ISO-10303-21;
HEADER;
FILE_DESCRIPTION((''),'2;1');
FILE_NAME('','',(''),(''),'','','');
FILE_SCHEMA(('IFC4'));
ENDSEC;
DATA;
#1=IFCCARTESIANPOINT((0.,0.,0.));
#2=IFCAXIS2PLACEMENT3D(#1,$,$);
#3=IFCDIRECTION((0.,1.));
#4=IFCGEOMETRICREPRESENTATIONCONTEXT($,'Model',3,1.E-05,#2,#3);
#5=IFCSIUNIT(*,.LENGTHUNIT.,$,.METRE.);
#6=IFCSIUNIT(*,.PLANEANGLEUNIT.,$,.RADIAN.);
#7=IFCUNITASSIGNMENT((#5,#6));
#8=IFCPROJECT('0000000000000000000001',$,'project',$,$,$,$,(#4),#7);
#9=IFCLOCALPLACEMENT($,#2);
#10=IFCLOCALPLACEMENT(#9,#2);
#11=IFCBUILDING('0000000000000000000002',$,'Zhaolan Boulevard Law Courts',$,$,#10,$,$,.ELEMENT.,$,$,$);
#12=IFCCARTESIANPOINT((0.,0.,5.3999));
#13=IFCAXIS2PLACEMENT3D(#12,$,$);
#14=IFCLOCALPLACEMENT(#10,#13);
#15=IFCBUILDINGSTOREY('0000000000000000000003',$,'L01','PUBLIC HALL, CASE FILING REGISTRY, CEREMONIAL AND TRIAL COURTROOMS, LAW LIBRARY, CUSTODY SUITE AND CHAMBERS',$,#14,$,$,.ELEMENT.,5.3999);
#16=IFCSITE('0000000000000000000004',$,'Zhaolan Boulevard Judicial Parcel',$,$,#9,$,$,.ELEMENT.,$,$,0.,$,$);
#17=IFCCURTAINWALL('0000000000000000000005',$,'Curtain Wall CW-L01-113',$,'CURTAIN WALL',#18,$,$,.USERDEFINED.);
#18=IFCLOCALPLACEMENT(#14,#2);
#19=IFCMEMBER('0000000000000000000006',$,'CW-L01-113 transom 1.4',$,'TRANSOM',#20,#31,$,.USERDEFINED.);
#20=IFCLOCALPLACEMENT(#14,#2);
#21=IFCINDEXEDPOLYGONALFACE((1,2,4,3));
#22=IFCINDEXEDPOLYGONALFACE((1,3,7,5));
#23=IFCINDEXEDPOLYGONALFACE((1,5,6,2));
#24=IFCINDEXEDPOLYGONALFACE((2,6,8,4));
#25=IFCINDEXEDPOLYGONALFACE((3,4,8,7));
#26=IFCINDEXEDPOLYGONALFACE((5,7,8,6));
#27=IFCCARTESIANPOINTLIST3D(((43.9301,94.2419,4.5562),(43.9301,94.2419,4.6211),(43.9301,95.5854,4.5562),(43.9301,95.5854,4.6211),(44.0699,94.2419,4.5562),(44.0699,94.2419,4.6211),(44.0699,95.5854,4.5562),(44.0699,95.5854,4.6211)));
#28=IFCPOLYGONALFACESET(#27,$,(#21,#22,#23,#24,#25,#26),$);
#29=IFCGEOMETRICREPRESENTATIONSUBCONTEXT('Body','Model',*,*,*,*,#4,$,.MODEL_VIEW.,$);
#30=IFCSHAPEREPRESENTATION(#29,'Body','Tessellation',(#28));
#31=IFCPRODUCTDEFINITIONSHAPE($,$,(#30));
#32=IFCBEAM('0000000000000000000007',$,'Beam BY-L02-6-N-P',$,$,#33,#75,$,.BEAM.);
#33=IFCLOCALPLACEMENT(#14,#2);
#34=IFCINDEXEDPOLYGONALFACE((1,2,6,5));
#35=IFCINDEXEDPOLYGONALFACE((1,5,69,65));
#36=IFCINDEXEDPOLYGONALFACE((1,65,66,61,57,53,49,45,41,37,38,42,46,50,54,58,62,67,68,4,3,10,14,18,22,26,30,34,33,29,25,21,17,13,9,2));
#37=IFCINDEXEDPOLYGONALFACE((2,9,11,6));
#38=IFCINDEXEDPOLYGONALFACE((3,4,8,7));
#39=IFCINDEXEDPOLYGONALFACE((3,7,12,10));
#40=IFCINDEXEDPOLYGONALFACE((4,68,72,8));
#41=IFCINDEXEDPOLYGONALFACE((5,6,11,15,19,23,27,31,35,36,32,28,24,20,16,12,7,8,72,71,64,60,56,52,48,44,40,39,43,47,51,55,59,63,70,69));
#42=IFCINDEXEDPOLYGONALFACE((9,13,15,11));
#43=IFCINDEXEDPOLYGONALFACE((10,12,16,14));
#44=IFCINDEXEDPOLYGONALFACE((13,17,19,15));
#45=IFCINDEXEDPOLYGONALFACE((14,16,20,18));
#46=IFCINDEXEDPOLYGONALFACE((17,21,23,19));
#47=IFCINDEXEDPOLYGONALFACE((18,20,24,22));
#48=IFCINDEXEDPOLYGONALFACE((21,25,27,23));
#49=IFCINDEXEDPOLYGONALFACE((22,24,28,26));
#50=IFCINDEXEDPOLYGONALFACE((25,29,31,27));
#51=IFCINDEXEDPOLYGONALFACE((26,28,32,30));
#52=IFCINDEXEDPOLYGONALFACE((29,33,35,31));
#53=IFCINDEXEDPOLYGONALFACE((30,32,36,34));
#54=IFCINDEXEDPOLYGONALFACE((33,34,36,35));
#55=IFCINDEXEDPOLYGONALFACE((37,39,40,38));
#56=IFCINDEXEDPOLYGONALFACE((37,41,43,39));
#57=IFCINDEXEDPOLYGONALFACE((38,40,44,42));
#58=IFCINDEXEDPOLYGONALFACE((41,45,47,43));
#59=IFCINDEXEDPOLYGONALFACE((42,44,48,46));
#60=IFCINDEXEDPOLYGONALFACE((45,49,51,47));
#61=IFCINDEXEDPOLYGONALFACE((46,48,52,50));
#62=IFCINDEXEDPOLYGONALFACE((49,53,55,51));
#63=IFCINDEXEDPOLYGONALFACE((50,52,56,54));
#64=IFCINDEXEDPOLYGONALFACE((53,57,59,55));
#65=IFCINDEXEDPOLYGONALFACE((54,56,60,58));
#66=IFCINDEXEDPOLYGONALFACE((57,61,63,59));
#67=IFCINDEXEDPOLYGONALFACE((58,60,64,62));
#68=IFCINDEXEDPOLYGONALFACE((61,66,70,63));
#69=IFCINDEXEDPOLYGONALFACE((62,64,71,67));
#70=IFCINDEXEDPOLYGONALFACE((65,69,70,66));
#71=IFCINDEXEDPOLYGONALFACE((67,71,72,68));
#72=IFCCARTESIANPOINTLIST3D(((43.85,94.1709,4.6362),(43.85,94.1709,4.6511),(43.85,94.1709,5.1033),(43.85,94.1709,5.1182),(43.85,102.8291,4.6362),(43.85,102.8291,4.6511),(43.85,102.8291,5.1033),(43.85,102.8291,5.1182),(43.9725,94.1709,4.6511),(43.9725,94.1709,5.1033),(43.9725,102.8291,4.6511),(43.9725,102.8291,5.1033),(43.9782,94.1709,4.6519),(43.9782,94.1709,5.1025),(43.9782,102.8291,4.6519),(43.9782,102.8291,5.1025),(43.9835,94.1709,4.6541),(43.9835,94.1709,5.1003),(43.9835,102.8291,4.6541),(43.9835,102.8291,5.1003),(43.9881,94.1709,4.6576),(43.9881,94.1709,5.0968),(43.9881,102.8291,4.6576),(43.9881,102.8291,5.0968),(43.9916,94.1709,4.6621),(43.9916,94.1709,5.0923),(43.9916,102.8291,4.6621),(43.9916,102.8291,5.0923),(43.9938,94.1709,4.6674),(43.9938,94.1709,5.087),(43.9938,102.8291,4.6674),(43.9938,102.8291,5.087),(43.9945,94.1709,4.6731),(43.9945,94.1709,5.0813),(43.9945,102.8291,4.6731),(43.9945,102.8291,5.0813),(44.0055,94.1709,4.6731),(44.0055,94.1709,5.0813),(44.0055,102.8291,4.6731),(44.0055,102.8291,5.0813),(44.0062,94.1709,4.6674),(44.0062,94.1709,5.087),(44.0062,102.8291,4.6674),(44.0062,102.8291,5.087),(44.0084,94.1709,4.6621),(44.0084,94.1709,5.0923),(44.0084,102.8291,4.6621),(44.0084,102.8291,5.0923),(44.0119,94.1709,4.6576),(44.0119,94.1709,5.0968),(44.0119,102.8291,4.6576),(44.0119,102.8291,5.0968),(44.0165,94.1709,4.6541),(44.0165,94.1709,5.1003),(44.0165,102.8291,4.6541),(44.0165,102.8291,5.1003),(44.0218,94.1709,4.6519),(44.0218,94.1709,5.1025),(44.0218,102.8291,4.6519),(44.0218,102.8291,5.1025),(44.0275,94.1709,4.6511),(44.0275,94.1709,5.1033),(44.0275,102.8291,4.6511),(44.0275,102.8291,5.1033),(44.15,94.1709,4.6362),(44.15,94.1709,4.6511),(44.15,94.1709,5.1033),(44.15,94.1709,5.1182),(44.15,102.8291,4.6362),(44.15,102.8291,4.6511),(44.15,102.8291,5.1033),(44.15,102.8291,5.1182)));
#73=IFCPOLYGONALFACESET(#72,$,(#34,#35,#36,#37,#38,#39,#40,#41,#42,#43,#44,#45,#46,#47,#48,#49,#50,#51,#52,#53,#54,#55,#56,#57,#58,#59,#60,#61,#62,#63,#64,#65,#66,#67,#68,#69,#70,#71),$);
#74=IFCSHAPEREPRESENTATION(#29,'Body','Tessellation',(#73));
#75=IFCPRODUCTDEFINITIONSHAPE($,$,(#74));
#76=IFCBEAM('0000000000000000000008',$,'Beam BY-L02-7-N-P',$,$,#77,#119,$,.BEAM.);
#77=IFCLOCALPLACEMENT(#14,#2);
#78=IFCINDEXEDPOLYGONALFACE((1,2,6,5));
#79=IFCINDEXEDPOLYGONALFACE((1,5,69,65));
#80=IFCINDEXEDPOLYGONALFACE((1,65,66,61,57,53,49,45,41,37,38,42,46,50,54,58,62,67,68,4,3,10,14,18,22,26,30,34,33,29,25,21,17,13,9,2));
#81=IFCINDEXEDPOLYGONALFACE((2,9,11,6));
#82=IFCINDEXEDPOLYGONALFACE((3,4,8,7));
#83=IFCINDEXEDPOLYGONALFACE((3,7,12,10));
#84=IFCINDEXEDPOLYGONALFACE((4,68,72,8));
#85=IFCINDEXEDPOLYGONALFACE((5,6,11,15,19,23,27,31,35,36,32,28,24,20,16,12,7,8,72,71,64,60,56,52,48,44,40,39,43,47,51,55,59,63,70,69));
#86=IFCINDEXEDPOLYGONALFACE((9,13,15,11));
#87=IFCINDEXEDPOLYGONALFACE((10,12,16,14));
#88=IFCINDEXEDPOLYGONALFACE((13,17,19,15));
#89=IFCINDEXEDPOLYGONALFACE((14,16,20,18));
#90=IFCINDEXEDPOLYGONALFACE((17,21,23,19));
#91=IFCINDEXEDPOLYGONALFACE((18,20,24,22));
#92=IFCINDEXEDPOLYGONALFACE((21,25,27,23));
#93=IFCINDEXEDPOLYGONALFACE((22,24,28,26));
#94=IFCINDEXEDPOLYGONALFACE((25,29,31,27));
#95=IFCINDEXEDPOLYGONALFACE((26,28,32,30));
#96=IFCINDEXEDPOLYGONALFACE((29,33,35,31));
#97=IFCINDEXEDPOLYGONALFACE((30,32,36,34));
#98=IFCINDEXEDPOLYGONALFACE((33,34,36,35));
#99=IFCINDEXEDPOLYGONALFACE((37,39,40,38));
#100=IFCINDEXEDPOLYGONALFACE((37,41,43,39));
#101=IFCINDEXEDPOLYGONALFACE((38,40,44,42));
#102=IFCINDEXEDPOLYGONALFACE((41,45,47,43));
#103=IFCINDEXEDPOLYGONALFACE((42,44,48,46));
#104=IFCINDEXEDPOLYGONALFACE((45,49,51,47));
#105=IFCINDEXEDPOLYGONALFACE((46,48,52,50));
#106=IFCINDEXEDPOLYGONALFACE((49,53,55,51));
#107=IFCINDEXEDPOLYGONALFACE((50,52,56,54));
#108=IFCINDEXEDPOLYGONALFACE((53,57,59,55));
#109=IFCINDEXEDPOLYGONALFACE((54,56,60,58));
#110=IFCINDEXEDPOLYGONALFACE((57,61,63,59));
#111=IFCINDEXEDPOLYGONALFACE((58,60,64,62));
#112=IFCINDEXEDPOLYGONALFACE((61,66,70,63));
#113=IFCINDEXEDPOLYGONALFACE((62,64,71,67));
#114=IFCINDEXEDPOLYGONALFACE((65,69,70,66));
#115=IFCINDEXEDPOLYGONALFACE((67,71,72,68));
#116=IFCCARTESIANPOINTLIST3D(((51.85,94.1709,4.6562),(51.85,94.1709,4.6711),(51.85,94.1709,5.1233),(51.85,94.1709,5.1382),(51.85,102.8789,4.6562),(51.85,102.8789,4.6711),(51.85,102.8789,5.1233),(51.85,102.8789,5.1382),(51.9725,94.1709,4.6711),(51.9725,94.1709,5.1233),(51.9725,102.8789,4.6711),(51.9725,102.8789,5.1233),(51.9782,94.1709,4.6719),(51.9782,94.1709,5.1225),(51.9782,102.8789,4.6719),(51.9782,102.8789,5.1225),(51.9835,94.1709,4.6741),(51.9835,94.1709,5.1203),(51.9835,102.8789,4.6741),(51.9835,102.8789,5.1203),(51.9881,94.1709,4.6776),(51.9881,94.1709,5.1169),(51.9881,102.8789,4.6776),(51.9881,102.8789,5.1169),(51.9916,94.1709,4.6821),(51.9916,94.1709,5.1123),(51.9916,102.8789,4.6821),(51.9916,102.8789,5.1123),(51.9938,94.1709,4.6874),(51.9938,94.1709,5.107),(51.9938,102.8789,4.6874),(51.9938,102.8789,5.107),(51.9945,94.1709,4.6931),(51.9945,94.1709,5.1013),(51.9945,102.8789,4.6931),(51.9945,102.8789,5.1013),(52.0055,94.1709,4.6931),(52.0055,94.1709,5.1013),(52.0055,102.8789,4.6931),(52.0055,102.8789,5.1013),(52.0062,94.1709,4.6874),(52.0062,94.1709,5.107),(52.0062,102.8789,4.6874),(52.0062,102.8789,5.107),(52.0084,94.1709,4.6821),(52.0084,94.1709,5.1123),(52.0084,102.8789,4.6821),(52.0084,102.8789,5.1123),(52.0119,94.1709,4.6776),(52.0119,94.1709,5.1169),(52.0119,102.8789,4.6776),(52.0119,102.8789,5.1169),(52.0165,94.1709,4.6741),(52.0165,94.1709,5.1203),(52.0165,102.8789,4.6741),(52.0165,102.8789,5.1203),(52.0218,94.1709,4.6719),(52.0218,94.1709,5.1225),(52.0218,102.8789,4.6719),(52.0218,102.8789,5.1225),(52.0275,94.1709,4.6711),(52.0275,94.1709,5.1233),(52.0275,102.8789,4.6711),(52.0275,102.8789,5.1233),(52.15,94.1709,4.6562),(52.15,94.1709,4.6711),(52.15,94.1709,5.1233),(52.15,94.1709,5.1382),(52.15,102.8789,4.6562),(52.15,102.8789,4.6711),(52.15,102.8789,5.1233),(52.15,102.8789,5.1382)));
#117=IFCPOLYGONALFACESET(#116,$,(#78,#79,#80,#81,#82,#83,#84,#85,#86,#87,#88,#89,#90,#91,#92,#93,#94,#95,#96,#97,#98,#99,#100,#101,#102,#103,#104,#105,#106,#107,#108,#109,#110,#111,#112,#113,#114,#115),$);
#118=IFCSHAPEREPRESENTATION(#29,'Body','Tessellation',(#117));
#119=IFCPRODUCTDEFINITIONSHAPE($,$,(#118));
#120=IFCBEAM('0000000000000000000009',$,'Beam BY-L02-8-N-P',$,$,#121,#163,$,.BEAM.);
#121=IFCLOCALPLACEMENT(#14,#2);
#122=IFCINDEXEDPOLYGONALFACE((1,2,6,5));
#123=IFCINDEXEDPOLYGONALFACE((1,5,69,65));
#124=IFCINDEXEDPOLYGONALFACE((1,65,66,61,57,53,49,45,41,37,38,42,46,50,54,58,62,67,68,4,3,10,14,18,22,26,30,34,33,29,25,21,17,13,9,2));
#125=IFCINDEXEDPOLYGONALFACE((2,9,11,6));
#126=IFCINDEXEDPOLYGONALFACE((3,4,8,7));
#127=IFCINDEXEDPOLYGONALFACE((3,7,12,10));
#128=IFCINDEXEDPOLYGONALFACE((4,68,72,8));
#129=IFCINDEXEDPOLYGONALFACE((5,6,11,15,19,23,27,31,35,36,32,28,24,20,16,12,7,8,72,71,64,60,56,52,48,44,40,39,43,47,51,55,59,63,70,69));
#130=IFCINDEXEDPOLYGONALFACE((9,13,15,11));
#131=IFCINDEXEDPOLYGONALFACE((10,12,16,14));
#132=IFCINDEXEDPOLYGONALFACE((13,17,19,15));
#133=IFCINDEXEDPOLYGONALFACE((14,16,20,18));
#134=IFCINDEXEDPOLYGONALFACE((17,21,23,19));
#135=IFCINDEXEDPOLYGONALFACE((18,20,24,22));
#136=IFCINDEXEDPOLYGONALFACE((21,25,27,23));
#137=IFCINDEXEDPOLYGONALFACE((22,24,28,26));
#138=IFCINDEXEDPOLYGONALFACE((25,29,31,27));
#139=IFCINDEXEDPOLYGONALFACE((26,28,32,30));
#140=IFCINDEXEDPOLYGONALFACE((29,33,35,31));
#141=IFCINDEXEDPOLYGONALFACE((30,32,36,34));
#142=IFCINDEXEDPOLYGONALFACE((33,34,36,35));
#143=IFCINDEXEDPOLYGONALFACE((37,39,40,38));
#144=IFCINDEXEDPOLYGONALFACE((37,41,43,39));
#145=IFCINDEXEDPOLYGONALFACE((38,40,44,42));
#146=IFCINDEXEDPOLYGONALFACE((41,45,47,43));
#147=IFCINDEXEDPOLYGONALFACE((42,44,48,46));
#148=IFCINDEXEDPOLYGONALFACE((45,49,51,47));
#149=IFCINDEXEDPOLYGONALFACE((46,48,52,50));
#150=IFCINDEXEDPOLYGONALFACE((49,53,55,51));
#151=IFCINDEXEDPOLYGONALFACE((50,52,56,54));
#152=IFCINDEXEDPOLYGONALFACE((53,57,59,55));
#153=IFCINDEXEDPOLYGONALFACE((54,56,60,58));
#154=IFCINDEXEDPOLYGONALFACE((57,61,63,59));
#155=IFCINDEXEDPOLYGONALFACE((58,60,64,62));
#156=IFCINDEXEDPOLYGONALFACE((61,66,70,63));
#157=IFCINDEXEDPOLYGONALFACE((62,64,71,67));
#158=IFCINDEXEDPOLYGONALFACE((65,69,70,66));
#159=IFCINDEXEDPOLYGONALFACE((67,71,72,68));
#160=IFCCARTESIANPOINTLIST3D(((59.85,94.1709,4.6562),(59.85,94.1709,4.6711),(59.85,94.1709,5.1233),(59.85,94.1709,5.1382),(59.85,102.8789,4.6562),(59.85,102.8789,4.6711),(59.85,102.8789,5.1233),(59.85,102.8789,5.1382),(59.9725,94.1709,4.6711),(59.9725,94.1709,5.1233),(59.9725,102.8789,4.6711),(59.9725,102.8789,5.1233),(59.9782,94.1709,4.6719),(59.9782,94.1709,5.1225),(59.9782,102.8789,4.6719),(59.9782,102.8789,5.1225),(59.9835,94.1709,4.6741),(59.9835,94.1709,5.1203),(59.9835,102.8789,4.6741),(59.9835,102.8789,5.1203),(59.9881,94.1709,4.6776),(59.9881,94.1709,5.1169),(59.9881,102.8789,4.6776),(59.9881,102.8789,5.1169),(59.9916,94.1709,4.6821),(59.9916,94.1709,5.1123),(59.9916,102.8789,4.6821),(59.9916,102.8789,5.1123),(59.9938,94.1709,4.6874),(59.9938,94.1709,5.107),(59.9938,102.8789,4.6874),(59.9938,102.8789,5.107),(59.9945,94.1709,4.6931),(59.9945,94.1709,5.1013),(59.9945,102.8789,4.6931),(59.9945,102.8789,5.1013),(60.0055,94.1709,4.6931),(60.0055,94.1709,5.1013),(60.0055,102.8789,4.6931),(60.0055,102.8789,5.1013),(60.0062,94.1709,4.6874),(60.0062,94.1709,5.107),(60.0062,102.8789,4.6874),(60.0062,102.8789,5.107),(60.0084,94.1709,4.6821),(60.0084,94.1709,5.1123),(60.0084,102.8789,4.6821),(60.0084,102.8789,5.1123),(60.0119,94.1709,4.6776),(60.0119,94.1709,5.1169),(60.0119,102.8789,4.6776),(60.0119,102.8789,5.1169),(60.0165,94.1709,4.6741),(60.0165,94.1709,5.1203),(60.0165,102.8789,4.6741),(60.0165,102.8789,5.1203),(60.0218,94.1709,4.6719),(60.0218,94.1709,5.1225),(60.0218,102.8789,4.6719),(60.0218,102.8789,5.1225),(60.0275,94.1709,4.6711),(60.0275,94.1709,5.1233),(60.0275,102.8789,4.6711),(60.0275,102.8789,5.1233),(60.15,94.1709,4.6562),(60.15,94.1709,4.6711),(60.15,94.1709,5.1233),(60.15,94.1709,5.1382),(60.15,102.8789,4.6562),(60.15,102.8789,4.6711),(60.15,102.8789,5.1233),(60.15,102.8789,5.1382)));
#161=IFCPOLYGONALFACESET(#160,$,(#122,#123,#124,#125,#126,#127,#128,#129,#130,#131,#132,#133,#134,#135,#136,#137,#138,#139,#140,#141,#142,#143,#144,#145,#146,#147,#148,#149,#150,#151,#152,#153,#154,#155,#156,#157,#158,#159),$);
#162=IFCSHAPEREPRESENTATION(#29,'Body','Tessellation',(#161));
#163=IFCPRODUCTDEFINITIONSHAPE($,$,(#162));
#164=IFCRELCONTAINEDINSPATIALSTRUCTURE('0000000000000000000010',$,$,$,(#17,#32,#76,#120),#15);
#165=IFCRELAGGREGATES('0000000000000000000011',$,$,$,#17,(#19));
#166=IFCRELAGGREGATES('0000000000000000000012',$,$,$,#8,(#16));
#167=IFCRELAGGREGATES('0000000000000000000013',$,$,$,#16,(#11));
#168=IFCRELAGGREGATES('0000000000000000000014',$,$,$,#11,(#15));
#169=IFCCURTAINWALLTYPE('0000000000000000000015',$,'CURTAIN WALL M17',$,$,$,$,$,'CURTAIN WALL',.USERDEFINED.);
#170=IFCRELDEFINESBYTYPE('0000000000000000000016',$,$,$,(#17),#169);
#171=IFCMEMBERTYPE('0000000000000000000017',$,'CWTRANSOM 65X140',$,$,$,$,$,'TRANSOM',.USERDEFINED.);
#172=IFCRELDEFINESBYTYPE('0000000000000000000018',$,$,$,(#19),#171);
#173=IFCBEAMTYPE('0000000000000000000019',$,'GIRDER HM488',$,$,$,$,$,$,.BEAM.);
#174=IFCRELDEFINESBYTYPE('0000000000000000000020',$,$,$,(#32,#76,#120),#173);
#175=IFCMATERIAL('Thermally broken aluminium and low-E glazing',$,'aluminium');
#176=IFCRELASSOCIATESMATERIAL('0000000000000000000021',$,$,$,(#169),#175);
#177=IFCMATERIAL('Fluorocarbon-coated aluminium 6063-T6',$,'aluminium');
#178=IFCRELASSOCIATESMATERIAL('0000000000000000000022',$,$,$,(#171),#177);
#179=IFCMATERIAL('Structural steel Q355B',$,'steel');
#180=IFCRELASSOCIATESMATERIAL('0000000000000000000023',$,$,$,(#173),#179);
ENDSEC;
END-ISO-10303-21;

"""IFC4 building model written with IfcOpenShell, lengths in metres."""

from ifc_helpers import new_model, si_unit, direction, frame, origin, origin_2d, place, context, subcontext, project, spatial, rectangle, i_section, extrude, material, material_profile, profile_set, type_object, element, aggregate, save


model = new_model("IFC4")

# Units and contexts
model_context = context("Model", 3, precision=1e-05, world=origin(), true_north=direction((0.0, 1.0)))
body_context = subcontext(model_context, "Body", "Model", "MODEL_VIEW")
ifc_project = project(units=[si_unit("LENGTHUNIT", "METRE"), si_unit("PLANEANGLEUNIT", "RADIAN")], contexts=[model_context])

# Site, building, storey
site_placement = place(None, origin())
site = spatial("IfcSite", under=ifc_project, at=site_placement, Name="Zhaolan Boulevard Judicial Parcel", CompositionType="ELEMENT", RefElevation=0.0)
building_placement = place(site_placement, origin())
building = spatial("IfcBuilding", under=site, at=building_placement, Name="Zhaolan Boulevard Law Courts", CompositionType="ELEMENT")
storey_placement = place(building_placement, frame((0.0, 0.0, 5.3999)))
storey = spatial("IfcBuildingStorey", under=building, at=storey_placement, Name="L01", Description="PUBLIC HALL, CASE FILING REGISTRY, CEREMONIAL AND TRIAL COURTROOMS, LAW LIBRARY, CUSTODY SUITE AND CHAMBERS", CompositionType="ELEMENT", Elevation=5.3999)

# Curtain wall, member
ifc_material_1 = material(Name="Thermally broken aluminium and low-E glazing", Category="aluminium")
curtain_wall_type = type_object("IfcCurtainWallType", Name="CURTAIN WALL M17", ElementType="CURTAIN WALL", PredefinedType="USERDEFINED", material=ifc_material_1)
curtain_wall_placement = place(storey_placement, origin())
curtain_wall = element("IfcCurtainWall", 1, at=curtain_wall_placement, inside=storey, type_object=curtain_wall_type, Name="Curtain Wall CW-L01-113", ObjectType="CURTAIN WALL", PredefinedType="USERDEFINED")
ifc_material_2 = material(Name="Fluorocarbon-coated aluminium 6063-T6", Category="aluminium")
ifc_material_profile_1 = material_profile(ifc_material_2, rectangle(XDim=0.1399, YDim=0.0649, at=origin_2d()), Name="AL65x140")
ifc_profile_set_1 = profile_set([ifc_material_profile_1], Name="Fluorocarbon-coated aluminium 6063-T6")
member_type_1 = type_object("IfcMemberType", Name="CWTRANSOM 65X140", ElementType="TRANSOM", PredefinedType="USERDEFINED", material=ifc_profile_set_1)
member_1_placement = place(storey_placement, frame((44.0, 94.2419, 4.5886), z_axis=(0.0, 1.0, 0.0), x_axis=(-1.0, 0.0, 0.0)))
member_1 = element("IfcMember", 2, at=member_1_placement, type_object=member_type_1, Name="CW-L01-113 transom 1.4", ObjectType="TRANSOM", PredefinedType="USERDEFINED", context=body_context, shape_type="SweptSolid", body=[
    extrude(rectangle(XDim=0.1399, YDim=0.0649, at=origin_2d()), origin(), (0.0, 0.0, 1.0), 1.3435),
])

# Beams
ifc_material_3 = material(Name="Structural steel Q355B", Category="steel")
ifc_material_profile_2 = material_profile(ifc_material_3, i_section(OverallWidth=0.3, OverallDepth=0.4819, WebThickness=0.011, FlangeThickness=0.0149, FilletRadius=0.022, at=origin_2d()), Name="HM482x300")
ifc_profile_set_2 = profile_set([ifc_material_profile_2], Name="Structural steel Q355B")
beam_type_1 = type_object("IfcBeamType", Name="GIRDER HM488", PredefinedType="BEAM", material=ifc_profile_set_2)
beam_1_placement = place(storey_placement, frame((44.0, 94.1709, 4.8772), z_axis=(0.0, 1.0, 0.0), x_axis=(-1.0, 0.0, 0.0)))
element("IfcBeam", 3, at=beam_1_placement, inside=storey, type_object=beam_type_1, Name="Beam BY-L02-6-N-P", PredefinedType="BEAM", context=body_context, shape_type="SweptSolid", body=[
    extrude(i_section(OverallWidth=0.3, OverallDepth=0.4819, WebThickness=0.011, FlangeThickness=0.0149, FilletRadius=0.022, at=origin_2d()), origin(), (0.0, 0.0, 1.0), 8.6582),
])
for number, where, z_axis, x_axis, name in (
    (4, (52.0, 94.1709, 4.8972), (0.0, 1.0, 0.0), (-1.0, 0.0, 0.0), "Beam BY-L02-7-N-P"),
    (5, (60.0, 94.1709, 4.8972), (0.0, 1.0, 0.0), (-1.0, 0.0, 0.0), "Beam BY-L02-8-N-P"),
):
    element("IfcBeam", number, at=place(storey_placement, frame(where, z_axis=z_axis, x_axis=x_axis)), inside=storey, type_object=beam_type_1, Name=name, PredefinedType="BEAM", context=body_context, shape_type="SweptSolid", body=[
        extrude(i_section(OverallWidth=0.3, OverallDepth=0.4819, WebThickness=0.011, FlangeThickness=0.0149, FilletRadius=0.022, at=origin_2d()), origin(), (0.0, 0.0, 1.0), 8.708),
    ])

aggregate(curtain_wall, [member_1])

save(model, "model.ifc")
